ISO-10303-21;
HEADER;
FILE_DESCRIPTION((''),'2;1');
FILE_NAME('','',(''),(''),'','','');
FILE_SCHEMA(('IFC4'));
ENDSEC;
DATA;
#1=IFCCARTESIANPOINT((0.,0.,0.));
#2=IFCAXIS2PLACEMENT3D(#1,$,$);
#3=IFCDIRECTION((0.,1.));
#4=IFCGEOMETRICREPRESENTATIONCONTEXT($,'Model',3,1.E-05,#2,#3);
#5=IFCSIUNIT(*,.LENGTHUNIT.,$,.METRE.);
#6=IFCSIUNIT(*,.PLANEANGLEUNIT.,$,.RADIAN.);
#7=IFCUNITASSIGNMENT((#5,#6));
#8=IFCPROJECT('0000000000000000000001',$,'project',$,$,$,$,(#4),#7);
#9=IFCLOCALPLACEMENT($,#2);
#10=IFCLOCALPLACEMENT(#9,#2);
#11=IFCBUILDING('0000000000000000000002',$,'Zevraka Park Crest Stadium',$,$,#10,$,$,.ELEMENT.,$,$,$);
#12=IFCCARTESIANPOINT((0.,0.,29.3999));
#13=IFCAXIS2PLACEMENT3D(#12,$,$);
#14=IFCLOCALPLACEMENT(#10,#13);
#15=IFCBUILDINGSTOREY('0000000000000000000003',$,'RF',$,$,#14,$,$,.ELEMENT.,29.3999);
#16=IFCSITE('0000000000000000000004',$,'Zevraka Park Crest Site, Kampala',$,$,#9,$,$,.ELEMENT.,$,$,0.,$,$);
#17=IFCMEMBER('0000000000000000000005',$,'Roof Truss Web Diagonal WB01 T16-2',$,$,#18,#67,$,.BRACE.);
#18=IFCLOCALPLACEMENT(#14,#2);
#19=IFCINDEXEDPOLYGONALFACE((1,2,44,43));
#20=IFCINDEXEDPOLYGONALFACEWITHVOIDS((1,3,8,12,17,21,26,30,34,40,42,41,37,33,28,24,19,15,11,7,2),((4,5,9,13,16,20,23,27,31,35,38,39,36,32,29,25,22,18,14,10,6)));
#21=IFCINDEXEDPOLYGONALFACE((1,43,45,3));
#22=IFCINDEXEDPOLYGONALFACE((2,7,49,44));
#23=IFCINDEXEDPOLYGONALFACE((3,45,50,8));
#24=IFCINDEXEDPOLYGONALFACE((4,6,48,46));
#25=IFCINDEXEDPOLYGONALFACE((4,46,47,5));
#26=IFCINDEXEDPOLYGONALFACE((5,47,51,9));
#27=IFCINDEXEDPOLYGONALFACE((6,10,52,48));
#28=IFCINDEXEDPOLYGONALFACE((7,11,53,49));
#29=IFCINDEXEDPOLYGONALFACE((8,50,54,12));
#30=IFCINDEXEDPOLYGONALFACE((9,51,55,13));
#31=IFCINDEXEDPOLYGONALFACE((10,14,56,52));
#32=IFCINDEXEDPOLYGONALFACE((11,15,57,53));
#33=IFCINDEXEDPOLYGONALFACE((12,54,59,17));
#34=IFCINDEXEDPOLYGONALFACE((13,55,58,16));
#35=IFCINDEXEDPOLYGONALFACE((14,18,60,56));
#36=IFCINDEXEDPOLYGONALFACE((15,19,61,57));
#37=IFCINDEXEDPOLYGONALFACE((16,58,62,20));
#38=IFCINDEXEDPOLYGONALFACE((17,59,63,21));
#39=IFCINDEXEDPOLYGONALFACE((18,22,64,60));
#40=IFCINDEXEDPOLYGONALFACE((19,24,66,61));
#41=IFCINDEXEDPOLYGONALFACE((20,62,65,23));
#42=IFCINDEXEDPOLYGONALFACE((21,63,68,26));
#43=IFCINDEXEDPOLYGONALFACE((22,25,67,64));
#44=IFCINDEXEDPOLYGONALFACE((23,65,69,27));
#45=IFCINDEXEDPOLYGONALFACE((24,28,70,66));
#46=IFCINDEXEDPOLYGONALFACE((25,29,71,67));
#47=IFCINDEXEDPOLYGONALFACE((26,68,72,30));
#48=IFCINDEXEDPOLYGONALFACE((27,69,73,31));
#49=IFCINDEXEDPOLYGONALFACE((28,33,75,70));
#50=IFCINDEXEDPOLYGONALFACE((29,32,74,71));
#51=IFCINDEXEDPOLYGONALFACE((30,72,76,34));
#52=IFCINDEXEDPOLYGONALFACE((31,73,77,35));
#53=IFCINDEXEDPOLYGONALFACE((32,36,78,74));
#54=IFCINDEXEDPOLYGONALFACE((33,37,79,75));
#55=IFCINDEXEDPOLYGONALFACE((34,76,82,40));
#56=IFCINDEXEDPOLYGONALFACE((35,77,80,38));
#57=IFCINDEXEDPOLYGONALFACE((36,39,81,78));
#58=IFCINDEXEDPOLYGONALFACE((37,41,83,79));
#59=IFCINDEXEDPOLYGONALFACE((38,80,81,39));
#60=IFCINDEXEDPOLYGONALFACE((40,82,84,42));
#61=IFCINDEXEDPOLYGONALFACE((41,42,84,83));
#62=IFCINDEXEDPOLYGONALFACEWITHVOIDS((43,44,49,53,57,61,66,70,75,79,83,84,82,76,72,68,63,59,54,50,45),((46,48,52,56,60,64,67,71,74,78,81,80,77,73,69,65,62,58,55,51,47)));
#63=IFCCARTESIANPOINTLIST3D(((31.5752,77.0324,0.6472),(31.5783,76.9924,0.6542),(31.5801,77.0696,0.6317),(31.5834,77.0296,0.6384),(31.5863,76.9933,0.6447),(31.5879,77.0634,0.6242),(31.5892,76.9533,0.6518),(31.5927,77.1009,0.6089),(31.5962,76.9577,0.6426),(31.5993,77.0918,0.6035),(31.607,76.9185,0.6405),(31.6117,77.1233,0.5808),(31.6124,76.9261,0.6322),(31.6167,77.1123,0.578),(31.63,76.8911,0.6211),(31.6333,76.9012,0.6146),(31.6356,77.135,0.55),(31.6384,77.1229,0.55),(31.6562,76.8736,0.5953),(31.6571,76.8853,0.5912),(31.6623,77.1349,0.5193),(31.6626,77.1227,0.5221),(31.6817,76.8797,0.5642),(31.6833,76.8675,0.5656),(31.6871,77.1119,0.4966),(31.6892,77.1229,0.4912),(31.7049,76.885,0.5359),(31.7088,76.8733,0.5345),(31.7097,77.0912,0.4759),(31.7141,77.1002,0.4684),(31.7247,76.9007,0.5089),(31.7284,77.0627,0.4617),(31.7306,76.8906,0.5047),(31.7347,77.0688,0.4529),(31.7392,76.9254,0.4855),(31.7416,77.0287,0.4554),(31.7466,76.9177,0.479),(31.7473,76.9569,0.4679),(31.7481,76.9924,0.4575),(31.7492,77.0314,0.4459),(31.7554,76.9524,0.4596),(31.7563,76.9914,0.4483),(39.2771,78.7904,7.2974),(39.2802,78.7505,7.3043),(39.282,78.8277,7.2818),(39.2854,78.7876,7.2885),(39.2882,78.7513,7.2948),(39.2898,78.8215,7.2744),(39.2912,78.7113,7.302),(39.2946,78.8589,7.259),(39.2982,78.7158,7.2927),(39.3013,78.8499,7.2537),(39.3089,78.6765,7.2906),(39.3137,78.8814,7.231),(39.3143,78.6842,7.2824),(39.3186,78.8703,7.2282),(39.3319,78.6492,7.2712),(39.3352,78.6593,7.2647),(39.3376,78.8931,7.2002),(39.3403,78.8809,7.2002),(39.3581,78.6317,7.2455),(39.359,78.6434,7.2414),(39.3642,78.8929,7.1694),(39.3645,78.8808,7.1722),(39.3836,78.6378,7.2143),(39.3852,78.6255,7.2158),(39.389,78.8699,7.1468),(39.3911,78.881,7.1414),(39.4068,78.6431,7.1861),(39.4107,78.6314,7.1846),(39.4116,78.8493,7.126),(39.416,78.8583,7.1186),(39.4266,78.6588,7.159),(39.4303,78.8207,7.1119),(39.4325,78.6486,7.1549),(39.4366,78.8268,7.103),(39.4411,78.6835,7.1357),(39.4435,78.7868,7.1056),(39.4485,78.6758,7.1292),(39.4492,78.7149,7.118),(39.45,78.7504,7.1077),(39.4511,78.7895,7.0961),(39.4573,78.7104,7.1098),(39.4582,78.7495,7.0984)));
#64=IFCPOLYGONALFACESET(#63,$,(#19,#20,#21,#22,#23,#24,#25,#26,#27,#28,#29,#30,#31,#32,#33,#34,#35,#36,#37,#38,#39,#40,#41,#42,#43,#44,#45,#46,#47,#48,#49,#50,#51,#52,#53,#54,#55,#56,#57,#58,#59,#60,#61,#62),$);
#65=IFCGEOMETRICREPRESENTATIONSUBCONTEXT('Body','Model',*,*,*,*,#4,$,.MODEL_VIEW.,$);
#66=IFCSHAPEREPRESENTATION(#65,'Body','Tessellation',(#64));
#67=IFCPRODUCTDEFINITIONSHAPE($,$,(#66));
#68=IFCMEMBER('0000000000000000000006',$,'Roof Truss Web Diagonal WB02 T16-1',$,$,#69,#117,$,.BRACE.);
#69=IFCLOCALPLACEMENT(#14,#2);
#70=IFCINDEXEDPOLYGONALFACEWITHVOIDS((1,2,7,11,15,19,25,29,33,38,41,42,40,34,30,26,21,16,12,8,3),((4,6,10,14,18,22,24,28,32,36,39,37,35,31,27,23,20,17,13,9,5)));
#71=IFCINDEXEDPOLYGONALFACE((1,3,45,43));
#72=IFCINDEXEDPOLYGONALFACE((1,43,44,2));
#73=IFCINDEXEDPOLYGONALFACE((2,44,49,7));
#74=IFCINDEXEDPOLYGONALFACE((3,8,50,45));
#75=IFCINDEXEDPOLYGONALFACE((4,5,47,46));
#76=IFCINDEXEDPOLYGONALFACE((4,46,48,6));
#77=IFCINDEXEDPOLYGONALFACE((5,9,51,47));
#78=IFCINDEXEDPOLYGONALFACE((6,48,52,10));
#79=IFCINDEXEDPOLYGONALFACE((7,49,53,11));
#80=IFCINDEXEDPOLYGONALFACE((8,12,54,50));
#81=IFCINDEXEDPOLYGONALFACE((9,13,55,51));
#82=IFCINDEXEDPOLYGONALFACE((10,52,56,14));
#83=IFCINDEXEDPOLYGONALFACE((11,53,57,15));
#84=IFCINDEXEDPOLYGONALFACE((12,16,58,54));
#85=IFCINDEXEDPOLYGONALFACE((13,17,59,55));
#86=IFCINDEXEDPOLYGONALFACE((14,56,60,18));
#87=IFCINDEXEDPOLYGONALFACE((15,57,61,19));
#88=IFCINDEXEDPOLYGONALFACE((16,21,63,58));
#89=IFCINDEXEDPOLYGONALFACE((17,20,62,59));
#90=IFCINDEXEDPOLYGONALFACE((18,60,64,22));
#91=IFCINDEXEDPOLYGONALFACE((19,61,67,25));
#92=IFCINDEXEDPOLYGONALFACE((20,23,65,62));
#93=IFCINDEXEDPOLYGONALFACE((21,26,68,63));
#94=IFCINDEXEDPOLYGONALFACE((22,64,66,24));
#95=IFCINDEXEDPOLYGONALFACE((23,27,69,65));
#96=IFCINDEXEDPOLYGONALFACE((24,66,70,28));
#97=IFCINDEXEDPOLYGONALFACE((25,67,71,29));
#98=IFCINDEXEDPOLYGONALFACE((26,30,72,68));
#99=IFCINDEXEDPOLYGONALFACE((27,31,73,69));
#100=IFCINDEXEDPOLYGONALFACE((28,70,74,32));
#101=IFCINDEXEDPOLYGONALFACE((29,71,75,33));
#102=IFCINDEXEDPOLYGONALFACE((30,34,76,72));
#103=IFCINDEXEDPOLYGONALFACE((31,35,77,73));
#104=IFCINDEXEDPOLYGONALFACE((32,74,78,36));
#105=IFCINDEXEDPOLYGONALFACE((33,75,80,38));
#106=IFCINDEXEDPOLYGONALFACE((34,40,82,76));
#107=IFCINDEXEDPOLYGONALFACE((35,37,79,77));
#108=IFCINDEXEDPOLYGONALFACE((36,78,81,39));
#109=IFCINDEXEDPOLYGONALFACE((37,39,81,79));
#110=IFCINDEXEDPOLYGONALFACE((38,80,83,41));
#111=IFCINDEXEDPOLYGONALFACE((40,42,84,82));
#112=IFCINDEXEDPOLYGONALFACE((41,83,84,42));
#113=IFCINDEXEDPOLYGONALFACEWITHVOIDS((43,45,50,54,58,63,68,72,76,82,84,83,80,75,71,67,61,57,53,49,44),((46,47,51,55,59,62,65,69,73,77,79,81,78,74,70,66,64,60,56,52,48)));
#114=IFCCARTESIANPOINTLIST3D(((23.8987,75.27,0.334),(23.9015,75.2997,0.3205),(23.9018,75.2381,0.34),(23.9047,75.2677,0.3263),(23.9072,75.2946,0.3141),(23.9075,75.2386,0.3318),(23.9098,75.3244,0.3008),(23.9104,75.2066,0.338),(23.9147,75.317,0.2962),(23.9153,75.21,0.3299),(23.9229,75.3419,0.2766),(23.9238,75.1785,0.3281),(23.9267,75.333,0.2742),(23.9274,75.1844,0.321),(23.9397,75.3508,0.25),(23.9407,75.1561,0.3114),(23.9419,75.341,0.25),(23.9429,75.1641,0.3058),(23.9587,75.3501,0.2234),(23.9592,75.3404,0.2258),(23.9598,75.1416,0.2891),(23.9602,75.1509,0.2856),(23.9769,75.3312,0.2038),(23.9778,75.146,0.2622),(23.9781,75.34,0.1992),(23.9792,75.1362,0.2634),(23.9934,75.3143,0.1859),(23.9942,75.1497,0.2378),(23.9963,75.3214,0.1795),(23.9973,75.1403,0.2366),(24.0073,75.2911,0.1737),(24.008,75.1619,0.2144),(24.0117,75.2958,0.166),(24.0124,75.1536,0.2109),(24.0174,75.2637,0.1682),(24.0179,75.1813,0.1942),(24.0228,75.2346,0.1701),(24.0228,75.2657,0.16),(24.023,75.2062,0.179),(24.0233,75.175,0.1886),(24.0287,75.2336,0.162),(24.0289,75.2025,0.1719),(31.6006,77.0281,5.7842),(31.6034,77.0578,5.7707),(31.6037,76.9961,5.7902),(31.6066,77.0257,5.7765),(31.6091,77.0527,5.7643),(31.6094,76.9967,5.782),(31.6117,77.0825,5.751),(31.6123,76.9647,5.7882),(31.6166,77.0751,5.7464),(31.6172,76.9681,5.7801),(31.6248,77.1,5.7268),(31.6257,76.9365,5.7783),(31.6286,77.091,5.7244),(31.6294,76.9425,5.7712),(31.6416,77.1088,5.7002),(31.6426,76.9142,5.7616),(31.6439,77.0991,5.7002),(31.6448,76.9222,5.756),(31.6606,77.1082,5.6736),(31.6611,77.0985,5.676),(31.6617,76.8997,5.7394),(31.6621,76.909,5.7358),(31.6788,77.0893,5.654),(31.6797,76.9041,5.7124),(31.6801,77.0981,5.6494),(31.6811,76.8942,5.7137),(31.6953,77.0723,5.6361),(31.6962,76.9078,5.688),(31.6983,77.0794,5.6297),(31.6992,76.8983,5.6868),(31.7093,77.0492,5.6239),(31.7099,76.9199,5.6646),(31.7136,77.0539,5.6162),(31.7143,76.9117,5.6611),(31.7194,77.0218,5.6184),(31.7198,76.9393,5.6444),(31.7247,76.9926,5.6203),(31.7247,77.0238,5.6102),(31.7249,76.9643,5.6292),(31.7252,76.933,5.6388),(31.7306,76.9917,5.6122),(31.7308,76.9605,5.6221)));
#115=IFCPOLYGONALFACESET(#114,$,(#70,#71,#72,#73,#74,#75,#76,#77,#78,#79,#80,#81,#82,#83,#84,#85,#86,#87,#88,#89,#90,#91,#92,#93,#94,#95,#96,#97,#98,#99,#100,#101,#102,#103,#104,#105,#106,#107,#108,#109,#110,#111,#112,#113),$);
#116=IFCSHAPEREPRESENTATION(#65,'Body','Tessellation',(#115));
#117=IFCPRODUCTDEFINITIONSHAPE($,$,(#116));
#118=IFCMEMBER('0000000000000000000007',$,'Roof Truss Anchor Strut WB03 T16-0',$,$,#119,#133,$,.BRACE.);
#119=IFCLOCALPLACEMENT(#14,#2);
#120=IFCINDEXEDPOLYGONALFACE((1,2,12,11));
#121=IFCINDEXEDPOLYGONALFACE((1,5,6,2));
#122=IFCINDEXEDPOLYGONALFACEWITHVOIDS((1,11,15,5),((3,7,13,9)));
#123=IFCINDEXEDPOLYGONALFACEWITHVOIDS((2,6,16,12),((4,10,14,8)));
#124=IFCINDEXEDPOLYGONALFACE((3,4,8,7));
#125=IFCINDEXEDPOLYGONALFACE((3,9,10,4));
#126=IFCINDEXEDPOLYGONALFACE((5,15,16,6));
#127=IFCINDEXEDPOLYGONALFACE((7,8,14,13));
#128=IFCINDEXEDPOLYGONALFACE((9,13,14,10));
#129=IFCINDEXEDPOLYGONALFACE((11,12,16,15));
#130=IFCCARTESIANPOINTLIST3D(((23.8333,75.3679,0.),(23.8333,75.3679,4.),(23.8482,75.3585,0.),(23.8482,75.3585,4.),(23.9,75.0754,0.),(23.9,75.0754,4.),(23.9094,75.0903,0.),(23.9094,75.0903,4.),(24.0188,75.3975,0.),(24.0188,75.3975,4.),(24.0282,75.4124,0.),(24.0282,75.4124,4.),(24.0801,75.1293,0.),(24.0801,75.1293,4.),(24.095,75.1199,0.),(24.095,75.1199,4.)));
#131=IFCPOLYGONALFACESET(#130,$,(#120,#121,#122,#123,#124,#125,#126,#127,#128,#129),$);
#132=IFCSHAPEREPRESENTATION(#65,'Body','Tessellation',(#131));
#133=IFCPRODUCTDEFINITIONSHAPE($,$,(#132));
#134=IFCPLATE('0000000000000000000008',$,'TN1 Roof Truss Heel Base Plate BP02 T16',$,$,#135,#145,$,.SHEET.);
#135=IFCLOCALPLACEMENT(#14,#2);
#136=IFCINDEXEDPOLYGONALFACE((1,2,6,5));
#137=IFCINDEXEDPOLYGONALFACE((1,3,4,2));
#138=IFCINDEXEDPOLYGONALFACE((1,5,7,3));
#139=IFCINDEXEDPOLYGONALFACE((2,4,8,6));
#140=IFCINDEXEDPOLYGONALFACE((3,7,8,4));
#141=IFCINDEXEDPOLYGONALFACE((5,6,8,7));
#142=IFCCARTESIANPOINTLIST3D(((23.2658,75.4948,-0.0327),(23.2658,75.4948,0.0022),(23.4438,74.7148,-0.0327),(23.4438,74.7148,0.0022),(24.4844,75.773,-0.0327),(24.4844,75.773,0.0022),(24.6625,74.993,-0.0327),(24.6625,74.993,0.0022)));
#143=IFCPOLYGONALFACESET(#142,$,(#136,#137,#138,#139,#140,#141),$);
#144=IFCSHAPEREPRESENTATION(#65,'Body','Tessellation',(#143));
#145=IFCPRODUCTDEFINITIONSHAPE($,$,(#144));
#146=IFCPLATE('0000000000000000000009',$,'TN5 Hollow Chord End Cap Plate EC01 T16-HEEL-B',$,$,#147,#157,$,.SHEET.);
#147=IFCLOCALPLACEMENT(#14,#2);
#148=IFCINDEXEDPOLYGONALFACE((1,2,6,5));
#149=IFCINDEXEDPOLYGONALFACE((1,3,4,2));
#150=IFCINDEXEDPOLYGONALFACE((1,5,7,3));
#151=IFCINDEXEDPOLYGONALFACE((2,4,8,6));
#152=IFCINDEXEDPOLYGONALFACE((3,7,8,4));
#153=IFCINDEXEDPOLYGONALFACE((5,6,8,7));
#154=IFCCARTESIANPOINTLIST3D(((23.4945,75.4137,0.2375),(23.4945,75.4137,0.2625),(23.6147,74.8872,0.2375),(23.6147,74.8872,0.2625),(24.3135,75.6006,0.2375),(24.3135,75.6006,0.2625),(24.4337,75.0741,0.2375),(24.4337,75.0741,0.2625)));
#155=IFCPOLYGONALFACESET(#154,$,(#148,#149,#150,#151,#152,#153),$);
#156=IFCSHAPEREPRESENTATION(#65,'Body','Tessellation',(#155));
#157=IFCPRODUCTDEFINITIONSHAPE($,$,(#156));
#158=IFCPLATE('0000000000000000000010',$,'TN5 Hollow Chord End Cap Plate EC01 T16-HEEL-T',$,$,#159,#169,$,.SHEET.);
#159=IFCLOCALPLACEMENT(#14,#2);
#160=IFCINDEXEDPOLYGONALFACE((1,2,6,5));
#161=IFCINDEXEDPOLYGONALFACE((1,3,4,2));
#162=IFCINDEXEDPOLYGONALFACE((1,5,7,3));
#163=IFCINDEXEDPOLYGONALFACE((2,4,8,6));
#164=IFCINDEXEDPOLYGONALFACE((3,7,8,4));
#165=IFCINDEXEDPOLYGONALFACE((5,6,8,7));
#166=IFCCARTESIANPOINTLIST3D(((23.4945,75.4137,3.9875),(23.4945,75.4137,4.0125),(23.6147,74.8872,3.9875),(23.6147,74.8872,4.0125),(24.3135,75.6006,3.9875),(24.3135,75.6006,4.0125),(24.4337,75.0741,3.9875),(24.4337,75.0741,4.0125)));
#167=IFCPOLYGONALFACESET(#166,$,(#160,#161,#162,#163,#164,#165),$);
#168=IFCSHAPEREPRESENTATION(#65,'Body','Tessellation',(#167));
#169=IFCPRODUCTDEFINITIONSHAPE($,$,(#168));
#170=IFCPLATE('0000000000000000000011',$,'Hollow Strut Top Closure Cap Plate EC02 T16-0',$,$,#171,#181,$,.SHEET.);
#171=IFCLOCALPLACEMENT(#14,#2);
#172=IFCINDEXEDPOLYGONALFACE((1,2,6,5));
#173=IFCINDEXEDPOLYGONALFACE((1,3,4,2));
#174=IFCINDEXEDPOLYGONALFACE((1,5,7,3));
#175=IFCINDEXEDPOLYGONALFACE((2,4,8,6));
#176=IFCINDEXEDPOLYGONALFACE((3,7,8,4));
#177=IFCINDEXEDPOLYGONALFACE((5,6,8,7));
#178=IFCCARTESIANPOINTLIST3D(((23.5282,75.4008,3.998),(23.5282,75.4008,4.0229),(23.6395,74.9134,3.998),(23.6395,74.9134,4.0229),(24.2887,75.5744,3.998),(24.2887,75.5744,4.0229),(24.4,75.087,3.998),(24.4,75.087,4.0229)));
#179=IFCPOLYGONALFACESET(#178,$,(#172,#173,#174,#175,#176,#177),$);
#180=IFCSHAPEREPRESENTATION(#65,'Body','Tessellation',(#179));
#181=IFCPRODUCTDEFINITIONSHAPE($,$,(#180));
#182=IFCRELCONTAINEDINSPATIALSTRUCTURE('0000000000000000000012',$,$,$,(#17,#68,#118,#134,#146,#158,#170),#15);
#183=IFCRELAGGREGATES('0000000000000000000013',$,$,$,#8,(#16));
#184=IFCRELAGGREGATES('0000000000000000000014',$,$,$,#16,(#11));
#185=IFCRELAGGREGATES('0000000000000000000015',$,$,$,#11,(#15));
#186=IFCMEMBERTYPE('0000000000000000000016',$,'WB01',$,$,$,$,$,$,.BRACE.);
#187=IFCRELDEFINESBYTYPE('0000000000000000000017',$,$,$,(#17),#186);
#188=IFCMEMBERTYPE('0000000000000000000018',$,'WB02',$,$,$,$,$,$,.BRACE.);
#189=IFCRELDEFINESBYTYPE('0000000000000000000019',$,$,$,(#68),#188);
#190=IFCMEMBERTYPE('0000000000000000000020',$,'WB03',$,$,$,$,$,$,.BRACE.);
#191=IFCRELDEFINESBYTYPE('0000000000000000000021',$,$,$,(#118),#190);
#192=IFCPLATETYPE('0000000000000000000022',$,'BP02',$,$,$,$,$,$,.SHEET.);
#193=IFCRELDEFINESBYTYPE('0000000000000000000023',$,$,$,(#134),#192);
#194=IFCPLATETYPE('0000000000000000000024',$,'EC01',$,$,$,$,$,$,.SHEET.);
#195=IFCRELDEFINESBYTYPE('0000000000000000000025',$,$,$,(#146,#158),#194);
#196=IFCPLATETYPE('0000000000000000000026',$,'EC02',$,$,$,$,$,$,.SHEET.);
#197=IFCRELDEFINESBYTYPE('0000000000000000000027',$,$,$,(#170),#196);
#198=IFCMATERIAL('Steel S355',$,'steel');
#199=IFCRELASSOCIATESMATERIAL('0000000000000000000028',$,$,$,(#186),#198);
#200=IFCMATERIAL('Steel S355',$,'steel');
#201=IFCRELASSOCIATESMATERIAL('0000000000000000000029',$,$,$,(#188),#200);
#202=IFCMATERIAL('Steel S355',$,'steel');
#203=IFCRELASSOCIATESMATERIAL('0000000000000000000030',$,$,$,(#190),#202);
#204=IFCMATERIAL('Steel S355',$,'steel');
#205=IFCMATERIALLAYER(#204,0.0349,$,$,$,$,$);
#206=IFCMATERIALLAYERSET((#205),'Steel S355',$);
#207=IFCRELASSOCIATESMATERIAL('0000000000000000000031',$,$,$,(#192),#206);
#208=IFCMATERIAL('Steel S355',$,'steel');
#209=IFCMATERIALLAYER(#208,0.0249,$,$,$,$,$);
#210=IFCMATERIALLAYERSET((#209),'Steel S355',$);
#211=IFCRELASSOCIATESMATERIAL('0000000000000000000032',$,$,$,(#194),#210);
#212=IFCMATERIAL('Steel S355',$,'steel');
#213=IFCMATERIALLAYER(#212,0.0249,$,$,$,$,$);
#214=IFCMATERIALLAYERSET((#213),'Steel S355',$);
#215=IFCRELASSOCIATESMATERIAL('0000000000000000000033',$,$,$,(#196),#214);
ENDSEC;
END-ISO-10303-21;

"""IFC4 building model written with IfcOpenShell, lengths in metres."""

from ifc_helpers import new_model, si_unit, direction, frame, origin, origin_2d, place, context, subcontext, project, spatial, rectangle, hollow_rectangle, hollow_circle, extrude, material, layer, layer_set, material_profile, profile_set, type_object, element, save


model = new_model("IFC4")

# Units and contexts
model_context = context("Model", 3, precision=1e-05, world=origin(), true_north=direction((0.0, 1.0)))
body_context = subcontext(model_context, "Body", "Model", "MODEL_VIEW")
ifc_project = project(units=[si_unit("LENGTHUNIT", "METRE"), si_unit("PLANEANGLEUNIT", "RADIAN")], contexts=[model_context])

# Site, building, storey
site_placement = place(None, origin())
site = spatial("IfcSite", under=ifc_project, at=site_placement, Name="Zevraka Park Crest Site, Kampala", CompositionType="ELEMENT", RefElevation=0.0)
building_placement = place(site_placement, origin())
building = spatial("IfcBuilding", under=site, at=building_placement, Name="Zevraka Park Crest Stadium", CompositionType="ELEMENT")
storey_placement = place(building_placement, frame((0.0, 0.0, 29.3999)))
storey = spatial("IfcBuildingStorey", under=building, at=storey_placement, Name="RF", CompositionType="ELEMENT", Elevation=29.3999)

# Members
ifc_material_1 = material(Name="Steel S355", Category="steel")
ifc_material_profile_1 = material_profile(ifc_material_1, hollow_circle(Radius=0.1365, WallThickness=0.0125, at=origin_2d()), Name="CHS 273.0x12.5")
ifc_profile_set_1 = profile_set([ifc_material_profile_1], Name="Steel S355")
member_type_1 = type_object("IfcMemberType", Name="WB01", PredefinedType="BRACE", material=ifc_profile_set_1)
member_1_placement = place(storey_placement, frame((31.666, 77.002, 0.55), z_axis=(0.745846, 0.170249, 0.643995), x_axis=(-0.222539, 0.974924, 0.0)))
element("IfcMember", 1, at=member_1_placement, inside=storey, type_object=member_type_1, Name="Roof Truss Web Diagonal WB01 T16-2", PredefinedType="BRACE", context=body_context, shape_type="SweptSolid", body=[
    extrude(hollow_circle(Radius=0.1365, WallThickness=0.0125, at=origin_2d()), origin(), (0.0, 0.0, 1.0), 10.3264),
])
ifc_material_2 = material(Name="Steel S355", Category="steel")
ifc_material_profile_2 = material_profile(ifc_material_2, hollow_circle(Radius=0.1096, WallThickness=0.01, at=origin_2d()), Name="CHS 219.1x10")
ifc_profile_set_2 = profile_set([ifc_material_profile_2], Name="Steel S355")
member_type_2 = type_object("IfcMemberType", Name="WB02", PredefinedType="BRACE", material=ifc_profile_set_2)
member_2_placement = place(storey_placement, frame((23.9641, 75.2439, 0.25), z_axis=(0.802479, 0.183176, 0.567868), x_axis=(-0.222539, 0.974924, 0.0)))
element("IfcMember", 2, at=member_2_placement, inside=storey, type_object=member_type_2, Name="Roof Truss Web Diagonal WB02 T16-1", PredefinedType="BRACE", context=body_context, shape_type="SweptSolid", body=[
    extrude(hollow_circle(Radius=0.1096, WallThickness=0.01, at=origin_2d()), origin(), (0.0, 0.0, 1.0), 9.5977),
])
ifc_material_3 = material(Name="Steel S355", Category="steel")
ifc_material_profile_3 = material_profile(ifc_material_3, hollow_rectangle(XDim=0.2, YDim=0.3, WallThickness=0.0125, at=origin_2d()), Name="RHS 300x200x12.5")
ifc_profile_set_3 = profile_set([ifc_material_profile_3], Name="Steel S355")
member_type_3 = type_object("IfcMemberType", Name="WB03", PredefinedType="BRACE", material=ifc_profile_set_3)
member_3_placement = place(storey_placement, frame((23.9641, 75.2439, 0.0), z_axis=(0.0, 0.0, 1.0), x_axis=(0.974917, 0.22257, 0.0)))
element("IfcMember", 3, at=member_3_placement, inside=storey, type_object=member_type_3, Name="Roof Truss Anchor Strut WB03 T16-0", PredefinedType="BRACE", context=body_context, shape_type="SweptSolid", body=[
    extrude(hollow_rectangle(XDim=0.2, YDim=0.3, WallThickness=0.0125, at=origin_2d()), origin(), (0.0, 0.0, 1.0), 4.0),
])

# Plates
ifc_material_4 = material(Name="Steel S355", Category="steel")
ifc_layer_1 = layer(ifc_material_4, 0.0349)
ifc_layer_set_1 = layer_set([ifc_layer_1], Name="Steel S355")
plate_type_1 = type_object("IfcPlateType", Name="BP02", PredefinedType="SHEET", material=ifc_layer_set_1)
plate_1_placement = place(storey_placement, frame((23.9641, 75.2439, -0.0327), z_axis=(0.0, 0.0, 1.0), x_axis=(0.974917, 0.22257, 0.0)))
element("IfcPlate", 4, at=plate_1_placement, inside=storey, type_object=plate_type_1, Name="TN1 Roof Truss Heel Base Plate BP02 T16", PredefinedType="SHEET", context=body_context, shape_type="SweptSolid", body=[
    extrude(rectangle(XDim=1.25, YDim=0.8, at=origin_2d()), origin(), (0.0, 0.0, 1.0), 0.0349),
])
ifc_material_5 = material(Name="Steel S355", Category="steel")
ifc_layer_2 = layer(ifc_material_5, 0.0249)
ifc_layer_set_2 = layer_set([ifc_layer_2], Name="Steel S355")
plate_type_2 = type_object("IfcPlateType", Name="EC01", PredefinedType="SHEET", material=ifc_layer_set_2)
for number, where, z_axis, x_axis, name in (
    (5, (23.9641, 75.2439, 0.2375), (0.0, 0.0, 1.0), (0.974917, 0.22257, 0.0), "TN5 Hollow Chord End Cap Plate EC01 T16-HEEL-B"),
    (6, (23.9641, 75.2439, 3.9875), (0.0, 0.0, 1.0), (0.974917, 0.22257, 0.0), "TN5 Hollow Chord End Cap Plate EC01 T16-HEEL-T"),
):
    element("IfcPlate", number, at=place(storey_placement, frame(where, z_axis=z_axis, x_axis=x_axis)), inside=storey, type_object=plate_type_2, Name=name, PredefinedType="SHEET", context=body_context, shape_type="SweptSolid", body=[
        extrude(rectangle(XDim=0.8401, YDim=0.54, at=origin_2d()), origin(), (0.0, 0.0, 1.0), 0.0249),
    ])
ifc_material_6 = material(Name="Steel S355", Category="steel")
ifc_layer_3 = layer(ifc_material_6, 0.0249)
ifc_layer_set_3 = layer_set([ifc_layer_3], Name="Steel S355")
plate_type_3 = type_object("IfcPlateType", Name="EC02", PredefinedType="SHEET", material=ifc_layer_set_3)
plate_2_placement = place(storey_placement, frame((23.9641, 75.2439, 3.998), z_axis=(0.0, 0.0, 1.0), x_axis=(0.974917, 0.22257, 0.0)))
element("IfcPlate", 7, at=plate_2_placement, inside=storey, type_object=plate_type_3, Name="Hollow Strut Top Closure Cap Plate EC02 T16-0", PredefinedType="SHEET", context=body_context, shape_type="SweptSolid", body=[
    extrude(rectangle(XDim=0.78, YDim=0.5, at=origin_2d()), origin(), (0.0, 0.0, 1.0), 0.0249),
])

save(model, "model.ifc")
